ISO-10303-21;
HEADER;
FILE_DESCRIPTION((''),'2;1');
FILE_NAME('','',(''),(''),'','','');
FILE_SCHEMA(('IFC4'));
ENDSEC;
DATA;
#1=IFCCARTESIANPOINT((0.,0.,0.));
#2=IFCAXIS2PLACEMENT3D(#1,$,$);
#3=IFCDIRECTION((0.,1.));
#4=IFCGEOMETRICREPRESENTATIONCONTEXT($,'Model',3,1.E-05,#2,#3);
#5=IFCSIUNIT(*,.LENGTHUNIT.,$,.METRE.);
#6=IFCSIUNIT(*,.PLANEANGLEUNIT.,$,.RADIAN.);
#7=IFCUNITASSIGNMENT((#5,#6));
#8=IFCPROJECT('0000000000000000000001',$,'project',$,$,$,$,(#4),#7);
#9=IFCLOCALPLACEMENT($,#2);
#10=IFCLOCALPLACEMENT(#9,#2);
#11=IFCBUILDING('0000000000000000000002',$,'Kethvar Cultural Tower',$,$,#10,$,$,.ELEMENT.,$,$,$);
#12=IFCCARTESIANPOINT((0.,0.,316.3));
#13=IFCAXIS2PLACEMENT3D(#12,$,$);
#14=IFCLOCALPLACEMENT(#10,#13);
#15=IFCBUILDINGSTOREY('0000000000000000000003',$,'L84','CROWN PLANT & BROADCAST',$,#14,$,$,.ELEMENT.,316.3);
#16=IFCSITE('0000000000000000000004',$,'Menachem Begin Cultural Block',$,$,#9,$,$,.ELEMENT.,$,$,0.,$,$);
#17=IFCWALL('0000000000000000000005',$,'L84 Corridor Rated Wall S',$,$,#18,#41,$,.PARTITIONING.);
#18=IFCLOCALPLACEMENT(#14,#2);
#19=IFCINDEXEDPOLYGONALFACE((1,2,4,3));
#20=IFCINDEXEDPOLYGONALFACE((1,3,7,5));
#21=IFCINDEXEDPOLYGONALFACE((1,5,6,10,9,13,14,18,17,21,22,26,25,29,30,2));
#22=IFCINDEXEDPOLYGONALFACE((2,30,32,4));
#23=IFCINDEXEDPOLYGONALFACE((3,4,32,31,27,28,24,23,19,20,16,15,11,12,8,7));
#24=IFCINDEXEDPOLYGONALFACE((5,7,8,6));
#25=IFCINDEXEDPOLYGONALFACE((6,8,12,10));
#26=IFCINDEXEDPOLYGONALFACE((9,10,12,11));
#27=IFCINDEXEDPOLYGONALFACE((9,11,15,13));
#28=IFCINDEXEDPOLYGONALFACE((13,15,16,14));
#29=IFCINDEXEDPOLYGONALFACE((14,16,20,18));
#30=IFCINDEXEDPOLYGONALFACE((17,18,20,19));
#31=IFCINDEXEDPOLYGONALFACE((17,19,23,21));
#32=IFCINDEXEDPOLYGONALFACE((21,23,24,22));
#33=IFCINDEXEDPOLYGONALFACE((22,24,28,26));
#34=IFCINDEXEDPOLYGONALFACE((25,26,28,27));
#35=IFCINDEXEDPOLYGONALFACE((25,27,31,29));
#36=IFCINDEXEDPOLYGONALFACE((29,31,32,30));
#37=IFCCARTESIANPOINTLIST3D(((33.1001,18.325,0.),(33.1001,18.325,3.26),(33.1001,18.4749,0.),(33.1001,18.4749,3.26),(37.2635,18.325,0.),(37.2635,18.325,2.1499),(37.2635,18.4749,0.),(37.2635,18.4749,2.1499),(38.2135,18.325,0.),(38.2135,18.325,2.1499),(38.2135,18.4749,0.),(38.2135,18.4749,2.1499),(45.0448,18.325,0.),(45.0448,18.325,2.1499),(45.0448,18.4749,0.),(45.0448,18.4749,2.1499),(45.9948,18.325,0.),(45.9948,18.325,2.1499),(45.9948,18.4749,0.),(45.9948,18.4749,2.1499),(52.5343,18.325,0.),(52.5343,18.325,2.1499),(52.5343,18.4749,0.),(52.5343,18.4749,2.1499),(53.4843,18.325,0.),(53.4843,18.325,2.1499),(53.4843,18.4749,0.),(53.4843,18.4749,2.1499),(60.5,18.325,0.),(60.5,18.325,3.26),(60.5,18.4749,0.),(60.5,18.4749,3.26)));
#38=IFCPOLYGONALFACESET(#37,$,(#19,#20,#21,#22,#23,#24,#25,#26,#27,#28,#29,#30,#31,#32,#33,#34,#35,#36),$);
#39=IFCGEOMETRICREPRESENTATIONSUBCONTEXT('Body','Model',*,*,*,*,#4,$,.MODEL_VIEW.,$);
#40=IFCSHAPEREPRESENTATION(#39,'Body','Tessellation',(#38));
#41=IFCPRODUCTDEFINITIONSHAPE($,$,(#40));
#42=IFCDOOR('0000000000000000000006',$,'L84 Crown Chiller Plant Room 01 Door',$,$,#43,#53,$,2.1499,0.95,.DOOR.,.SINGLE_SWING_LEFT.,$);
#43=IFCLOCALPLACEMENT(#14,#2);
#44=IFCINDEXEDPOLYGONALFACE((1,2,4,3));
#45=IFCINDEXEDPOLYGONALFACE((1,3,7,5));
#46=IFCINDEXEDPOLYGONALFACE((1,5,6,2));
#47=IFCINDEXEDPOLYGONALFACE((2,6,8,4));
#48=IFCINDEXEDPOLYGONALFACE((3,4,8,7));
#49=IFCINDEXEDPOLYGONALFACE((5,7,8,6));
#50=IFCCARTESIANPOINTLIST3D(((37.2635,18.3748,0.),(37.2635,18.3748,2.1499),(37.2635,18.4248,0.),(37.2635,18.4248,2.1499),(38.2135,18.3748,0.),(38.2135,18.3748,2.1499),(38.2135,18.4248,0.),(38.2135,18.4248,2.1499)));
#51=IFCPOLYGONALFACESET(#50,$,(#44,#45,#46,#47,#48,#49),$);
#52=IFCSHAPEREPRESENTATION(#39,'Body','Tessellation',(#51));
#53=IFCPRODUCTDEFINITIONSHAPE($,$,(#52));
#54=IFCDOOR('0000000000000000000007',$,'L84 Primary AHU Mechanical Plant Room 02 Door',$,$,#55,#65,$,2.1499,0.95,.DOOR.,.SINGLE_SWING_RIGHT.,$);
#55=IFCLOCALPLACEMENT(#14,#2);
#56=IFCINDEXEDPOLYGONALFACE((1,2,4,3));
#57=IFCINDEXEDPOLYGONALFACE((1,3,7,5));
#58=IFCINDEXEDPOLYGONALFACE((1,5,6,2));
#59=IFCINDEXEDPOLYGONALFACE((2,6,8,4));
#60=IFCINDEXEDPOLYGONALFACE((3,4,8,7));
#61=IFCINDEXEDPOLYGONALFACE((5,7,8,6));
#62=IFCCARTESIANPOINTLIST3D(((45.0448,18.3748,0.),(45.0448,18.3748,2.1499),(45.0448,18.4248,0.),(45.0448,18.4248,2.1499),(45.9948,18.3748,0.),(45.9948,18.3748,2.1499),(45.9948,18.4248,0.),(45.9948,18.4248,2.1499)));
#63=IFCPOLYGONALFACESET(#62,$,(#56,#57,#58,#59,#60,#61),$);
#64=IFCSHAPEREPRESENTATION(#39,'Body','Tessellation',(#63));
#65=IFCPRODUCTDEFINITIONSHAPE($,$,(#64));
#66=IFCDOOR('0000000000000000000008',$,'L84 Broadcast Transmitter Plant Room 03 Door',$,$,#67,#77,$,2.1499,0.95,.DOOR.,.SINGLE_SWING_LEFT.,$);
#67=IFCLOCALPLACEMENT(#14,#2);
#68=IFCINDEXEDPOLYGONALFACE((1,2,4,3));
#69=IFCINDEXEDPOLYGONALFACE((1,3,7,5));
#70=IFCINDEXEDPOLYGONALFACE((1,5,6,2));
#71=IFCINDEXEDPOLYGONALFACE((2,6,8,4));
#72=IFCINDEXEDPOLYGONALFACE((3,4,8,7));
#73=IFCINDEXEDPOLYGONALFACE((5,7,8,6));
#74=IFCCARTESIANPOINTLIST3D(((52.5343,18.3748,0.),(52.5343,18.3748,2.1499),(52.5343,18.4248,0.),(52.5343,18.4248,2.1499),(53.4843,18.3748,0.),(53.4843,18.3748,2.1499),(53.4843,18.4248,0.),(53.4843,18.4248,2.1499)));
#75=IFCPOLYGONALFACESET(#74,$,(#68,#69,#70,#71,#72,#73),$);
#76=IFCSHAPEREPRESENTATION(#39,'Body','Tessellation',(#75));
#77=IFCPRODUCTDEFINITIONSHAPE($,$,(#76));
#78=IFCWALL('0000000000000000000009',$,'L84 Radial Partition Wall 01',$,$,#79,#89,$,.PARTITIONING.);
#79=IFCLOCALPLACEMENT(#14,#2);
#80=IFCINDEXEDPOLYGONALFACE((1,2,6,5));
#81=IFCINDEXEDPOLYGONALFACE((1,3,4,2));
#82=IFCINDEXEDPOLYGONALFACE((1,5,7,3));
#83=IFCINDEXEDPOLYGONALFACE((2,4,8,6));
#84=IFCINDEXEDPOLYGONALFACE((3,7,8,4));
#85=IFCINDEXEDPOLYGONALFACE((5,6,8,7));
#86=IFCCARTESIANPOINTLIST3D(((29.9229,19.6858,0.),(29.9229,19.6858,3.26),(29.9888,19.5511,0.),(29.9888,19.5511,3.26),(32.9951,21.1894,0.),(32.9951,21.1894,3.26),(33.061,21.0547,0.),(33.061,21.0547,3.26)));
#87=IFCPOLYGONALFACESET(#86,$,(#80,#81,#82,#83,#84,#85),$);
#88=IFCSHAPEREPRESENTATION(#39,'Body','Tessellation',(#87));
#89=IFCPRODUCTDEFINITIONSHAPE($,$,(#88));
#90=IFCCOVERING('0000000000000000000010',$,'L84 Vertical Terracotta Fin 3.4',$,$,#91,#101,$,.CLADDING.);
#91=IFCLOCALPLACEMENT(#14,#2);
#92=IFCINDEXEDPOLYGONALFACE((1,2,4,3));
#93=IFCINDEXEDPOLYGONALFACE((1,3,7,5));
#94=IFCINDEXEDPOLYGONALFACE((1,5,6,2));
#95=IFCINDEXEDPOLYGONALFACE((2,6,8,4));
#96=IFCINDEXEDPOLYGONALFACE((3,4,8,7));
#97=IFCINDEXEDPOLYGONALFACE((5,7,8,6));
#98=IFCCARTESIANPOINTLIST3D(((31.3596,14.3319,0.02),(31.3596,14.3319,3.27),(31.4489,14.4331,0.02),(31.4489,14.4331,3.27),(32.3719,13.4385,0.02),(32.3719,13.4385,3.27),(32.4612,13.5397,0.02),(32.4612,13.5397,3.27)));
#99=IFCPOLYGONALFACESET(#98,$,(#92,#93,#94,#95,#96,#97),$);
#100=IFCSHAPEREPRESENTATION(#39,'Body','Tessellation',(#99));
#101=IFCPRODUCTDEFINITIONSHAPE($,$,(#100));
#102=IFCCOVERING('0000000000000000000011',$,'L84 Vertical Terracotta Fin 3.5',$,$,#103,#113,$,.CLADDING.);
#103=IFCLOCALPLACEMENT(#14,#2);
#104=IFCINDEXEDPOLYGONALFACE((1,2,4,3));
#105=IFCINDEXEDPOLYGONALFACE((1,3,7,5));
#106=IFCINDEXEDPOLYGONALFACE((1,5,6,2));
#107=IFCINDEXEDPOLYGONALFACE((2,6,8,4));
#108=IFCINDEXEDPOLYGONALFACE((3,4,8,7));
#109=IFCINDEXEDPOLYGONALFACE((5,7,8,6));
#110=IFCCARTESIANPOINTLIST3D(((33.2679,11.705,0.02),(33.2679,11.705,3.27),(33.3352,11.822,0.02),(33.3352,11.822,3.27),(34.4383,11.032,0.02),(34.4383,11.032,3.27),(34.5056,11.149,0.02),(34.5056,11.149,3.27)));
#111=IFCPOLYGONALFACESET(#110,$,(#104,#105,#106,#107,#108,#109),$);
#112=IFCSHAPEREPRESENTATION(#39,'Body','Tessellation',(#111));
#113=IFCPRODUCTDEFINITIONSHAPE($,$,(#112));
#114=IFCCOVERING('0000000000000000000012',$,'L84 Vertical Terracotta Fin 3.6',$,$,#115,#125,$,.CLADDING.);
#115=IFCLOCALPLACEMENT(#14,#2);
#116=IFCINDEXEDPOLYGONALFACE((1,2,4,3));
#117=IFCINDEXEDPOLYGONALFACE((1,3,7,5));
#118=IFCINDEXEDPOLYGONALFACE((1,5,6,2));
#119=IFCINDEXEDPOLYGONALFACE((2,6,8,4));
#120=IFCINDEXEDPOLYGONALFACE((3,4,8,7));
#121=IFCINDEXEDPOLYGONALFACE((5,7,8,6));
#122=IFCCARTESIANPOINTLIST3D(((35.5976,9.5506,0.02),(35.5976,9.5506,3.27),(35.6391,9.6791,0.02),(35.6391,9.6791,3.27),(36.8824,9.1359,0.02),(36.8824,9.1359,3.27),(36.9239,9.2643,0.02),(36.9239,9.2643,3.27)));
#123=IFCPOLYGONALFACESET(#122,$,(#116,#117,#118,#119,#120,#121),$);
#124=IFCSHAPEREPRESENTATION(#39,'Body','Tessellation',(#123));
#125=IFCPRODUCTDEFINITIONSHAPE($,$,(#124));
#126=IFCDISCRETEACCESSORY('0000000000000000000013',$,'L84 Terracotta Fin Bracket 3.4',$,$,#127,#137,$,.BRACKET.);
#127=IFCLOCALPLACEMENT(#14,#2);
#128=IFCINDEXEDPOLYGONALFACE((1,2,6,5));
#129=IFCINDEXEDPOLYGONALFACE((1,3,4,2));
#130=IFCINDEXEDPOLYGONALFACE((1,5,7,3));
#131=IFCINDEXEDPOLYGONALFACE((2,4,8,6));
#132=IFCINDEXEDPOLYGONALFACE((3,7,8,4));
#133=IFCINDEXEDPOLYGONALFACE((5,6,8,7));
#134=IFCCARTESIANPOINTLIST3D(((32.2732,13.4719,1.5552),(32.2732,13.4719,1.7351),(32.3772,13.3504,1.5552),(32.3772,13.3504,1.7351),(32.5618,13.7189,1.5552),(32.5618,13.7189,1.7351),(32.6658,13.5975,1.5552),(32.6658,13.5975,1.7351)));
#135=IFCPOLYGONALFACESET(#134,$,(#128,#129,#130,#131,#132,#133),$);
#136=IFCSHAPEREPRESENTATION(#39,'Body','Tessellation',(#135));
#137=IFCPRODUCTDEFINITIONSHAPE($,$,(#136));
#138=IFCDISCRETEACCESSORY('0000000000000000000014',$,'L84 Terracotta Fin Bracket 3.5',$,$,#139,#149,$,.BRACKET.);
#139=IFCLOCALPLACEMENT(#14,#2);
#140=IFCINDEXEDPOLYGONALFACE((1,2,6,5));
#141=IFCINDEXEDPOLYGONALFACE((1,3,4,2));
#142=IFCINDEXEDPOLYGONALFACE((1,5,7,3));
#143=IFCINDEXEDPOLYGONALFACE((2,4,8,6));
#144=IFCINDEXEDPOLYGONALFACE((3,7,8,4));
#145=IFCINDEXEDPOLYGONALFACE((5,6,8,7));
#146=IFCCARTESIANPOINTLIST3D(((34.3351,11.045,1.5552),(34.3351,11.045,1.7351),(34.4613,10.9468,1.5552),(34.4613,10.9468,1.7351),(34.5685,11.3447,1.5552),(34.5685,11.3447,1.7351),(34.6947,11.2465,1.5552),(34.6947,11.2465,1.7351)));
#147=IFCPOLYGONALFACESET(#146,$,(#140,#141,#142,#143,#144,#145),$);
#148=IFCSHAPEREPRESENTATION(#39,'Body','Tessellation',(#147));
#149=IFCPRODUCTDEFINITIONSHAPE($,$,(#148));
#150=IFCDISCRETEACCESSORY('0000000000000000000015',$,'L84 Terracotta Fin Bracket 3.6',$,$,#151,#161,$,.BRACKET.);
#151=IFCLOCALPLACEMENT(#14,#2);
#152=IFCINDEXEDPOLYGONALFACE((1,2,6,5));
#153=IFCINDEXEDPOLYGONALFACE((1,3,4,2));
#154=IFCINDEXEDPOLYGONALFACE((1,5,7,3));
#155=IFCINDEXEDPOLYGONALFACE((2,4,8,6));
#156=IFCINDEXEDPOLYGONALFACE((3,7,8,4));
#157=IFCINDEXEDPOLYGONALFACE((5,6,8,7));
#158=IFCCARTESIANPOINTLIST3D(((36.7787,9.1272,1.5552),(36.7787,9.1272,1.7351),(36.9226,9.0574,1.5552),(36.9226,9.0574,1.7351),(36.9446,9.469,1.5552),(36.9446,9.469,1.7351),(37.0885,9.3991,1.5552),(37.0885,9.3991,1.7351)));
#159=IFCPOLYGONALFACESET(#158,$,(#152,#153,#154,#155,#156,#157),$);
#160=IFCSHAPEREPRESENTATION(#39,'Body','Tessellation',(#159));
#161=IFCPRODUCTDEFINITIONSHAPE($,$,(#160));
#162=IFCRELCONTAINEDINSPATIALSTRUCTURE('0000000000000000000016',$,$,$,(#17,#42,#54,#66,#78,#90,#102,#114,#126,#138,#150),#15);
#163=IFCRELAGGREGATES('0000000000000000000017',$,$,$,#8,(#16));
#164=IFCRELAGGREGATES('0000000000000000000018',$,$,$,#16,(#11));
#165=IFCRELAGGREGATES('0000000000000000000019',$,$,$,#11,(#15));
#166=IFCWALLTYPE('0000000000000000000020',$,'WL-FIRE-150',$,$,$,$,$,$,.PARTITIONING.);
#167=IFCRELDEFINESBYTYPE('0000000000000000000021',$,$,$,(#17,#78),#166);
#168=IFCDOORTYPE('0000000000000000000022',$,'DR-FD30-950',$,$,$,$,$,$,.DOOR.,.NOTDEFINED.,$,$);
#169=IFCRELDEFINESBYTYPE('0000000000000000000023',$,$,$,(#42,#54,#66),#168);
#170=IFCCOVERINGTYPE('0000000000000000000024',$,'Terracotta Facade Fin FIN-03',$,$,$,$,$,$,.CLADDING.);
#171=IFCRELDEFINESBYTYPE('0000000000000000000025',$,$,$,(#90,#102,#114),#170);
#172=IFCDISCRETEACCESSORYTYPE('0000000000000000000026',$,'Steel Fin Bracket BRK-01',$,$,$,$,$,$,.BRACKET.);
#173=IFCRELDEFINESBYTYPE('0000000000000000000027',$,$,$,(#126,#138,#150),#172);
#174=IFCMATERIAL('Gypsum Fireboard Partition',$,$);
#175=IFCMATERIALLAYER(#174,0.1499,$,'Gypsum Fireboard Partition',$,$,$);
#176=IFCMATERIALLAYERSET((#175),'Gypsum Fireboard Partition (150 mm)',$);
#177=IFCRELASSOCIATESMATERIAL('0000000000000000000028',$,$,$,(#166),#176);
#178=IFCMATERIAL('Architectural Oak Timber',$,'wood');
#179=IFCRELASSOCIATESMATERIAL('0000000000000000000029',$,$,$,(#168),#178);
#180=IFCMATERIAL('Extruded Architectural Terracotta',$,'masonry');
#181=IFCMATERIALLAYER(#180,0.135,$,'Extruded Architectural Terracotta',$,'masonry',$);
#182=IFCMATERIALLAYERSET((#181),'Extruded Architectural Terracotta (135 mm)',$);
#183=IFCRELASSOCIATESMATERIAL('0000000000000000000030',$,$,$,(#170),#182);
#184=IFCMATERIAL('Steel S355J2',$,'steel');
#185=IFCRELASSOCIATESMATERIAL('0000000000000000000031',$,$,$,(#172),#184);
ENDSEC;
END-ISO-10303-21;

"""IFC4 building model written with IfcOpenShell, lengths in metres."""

from ifc_helpers import new_model, si_unit, direction, frame, frame_2d, origin, origin_2d, place, context, subcontext, project, spatial, rectangle, extrude, source, transform, mapped, material, layer, layer_set, type_object, element, fill, save


model = new_model("IFC4")

# Units and contexts
model_context = context("Model", 3, precision=1e-05, world=origin(), true_north=direction((0.0, 1.0)))
body_context = subcontext(model_context, "Body", "Model", "MODEL_VIEW")
ifc_project = project(units=[si_unit("LENGTHUNIT", "METRE"), si_unit("PLANEANGLEUNIT", "RADIAN")], contexts=[model_context])

# Site, building, storey
site_placement = place(None, origin())
site = spatial("IfcSite", under=ifc_project, at=site_placement, Name="Menachem Begin Cultural Block", CompositionType="ELEMENT", RefElevation=0.0)
building_placement = place(site_placement, origin())
building = spatial("IfcBuilding", under=site, at=building_placement, Name="Kethvar Cultural Tower", CompositionType="ELEMENT")
storey_placement = place(building_placement, frame((0.0, 0.0, 316.3)))
storey = spatial("IfcBuildingStorey", under=building, at=storey_placement, Name="L84", Description="CROWN PLANT & BROADCAST", CompositionType="ELEMENT", Elevation=316.3)

# Shared definitions
ifc_material_1 = material(Name="Steel S355J2", Category="steel")

# Wall, openings, doors
ifc_material_2 = material(Name="Gypsum Fireboard Partition")
ifc_layer_1 = layer(ifc_material_2, 0.1499, Name="Gypsum Fireboard Partition")
ifc_layer_set_1 = layer_set([ifc_layer_1], Name="Gypsum Fireboard Partition (150 mm)")
wall_type = type_object("IfcWallType", Name="WL-FIRE-150", PredefinedType="PARTITIONING", material=ifc_layer_set_1)
wall_1_placement = place(storey_placement, frame((33.1001, 18.3999, 0.0), z_axis=(0.0, 0.0, 1.0), x_axis=(1.0, 0.0, 0.0)))
wall_1 = element("IfcWall", 1, at=wall_1_placement, inside=storey, type_object=wall_type, Name="L84 Corridor Rated Wall S", PredefinedType="PARTITIONING", context=body_context, shape_type="SweptSolid", body=[
    extrude(rectangle(XDim=27.3999, YDim=0.1499, at=frame_2d((13.7, 0.0))), origin(), (0.0, 0.0, 1.0), 3.26),
])
opening_1_placement = place(wall_1_placement, frame((4.1633, 0.0, 0.0)))
opening_1 = element("IfcOpeningElement", 2, at=opening_1_placement, cuts=wall_1, PredefinedType="OPENING", context=body_context, shape_type="SweptSolid", body=[
    extrude(rectangle(XDim=0.95, YDim=2.1499, at=frame_2d((0.4751, 1.075))), frame((0.0, 0.085, 0.0), z_axis=(0.0, -1.0, 0.0), x_axis=(1.0, 0.0, 0.0)), (0.0, 0.0, 1.0), 0.1699),
])
opening_2_placement = place(wall_1_placement, frame((11.9446, 0.0, 0.0)))
opening_2 = element("IfcOpeningElement", 3, at=opening_2_placement, cuts=wall_1, PredefinedType="OPENING", context=body_context, shape_type="SweptSolid", body=[
    extrude(rectangle(XDim=0.95, YDim=2.1499, at=frame_2d((0.4751, 1.075))), frame((0.0, 0.085, 0.0), z_axis=(0.0, -1.0, 0.0), x_axis=(1.0, 0.0, 0.0)), (0.0, 0.0, 1.0), 0.1699),
])
opening_3_placement = place(wall_1_placement, frame((19.4341, 0.0, 0.0)))
opening_3 = element("IfcOpeningElement", 4, at=opening_3_placement, cuts=wall_1, PredefinedType="OPENING", context=body_context, shape_type="SweptSolid", body=[
    extrude(rectangle(XDim=0.95, YDim=2.1499, at=frame_2d((0.4751, 1.075))), frame((0.0, 0.085, 0.0), z_axis=(0.0, -1.0, 0.0), x_axis=(1.0, 0.0, 0.0)), (0.0, 0.0, 1.0), 0.1699),
])
ifc_material_3 = material(Name="Architectural Oak Timber", Category="wood")
door_type = type_object("IfcDoorType", Name="DR-FD30-950", OperationType="NOTDEFINED", PredefinedType="DOOR", material=ifc_material_3)
shared_shape_1 = source(origin(), body_context, "Body", "SweptSolid", [
    extrude(rectangle(XDim=0.95, YDim=2.1499, at=frame_2d((0.4751, 1.075))), frame((0.0, 0.0249, 0.0), z_axis=(0.0, -1.0, 0.0), x_axis=(1.0, 0.0, 0.0)), (0.0, 0.0, 1.0), 0.05),
])
door_1_placement = place(opening_1_placement, origin())
door_1 = element("IfcDoor", 5, at=door_1_placement, inside=storey, type_object=door_type, Name="L84 Crown Chiller Plant Room 01 Door", OperationType="SINGLE_SWING_LEFT", OverallHeight=2.1499, OverallWidth=0.95, PredefinedType="DOOR", context=body_context, shape_type="MappedRepresentation", body=[
    mapped(shared_shape_1, transform((0.0, 0.0, 0.0), scale=1.0)),
])
fill(opening_1, door_1)
door_2_placement = place(opening_2_placement, origin())
door_2 = element("IfcDoor", 6, at=door_2_placement, inside=storey, type_object=door_type, Name="L84 Primary AHU Mechanical Plant Room 02 Door", OperationType="SINGLE_SWING_RIGHT", OverallHeight=2.1499, OverallWidth=0.95, PredefinedType="DOOR", context=body_context, shape_type="MappedRepresentation", body=[
    mapped(shared_shape_1, transform((0.0, 0.0, 0.0), scale=1.0)),
])
fill(opening_2, door_2)
door_3_placement = place(opening_3_placement, origin())
door_3 = element("IfcDoor", 7, at=door_3_placement, inside=storey, type_object=door_type, Name="L84 Broadcast Transmitter Plant Room 03 Door", OperationType="SINGLE_SWING_LEFT", OverallHeight=2.1499, OverallWidth=0.95, PredefinedType="DOOR", context=body_context, shape_type="MappedRepresentation", body=[
    mapped(shared_shape_1, transform((0.0, 0.0, 0.0), scale=1.0)),
])
fill(opening_3, door_3)

# Wall
wall_2_placement = place(storey_placement, frame((33.0281, 21.1221, 0.0), z_axis=(0.0, 0.0, 1.0), x_axis=(-0.898192, -0.439603, 0.0)))
element("IfcWall", 8, at=wall_2_placement, inside=storey, type_object=wall_type, Name="L84 Radial Partition Wall 01", PredefinedType="PARTITIONING", context=body_context, shape_type="SweptSolid", body=[
    extrude(rectangle(XDim=3.4204, YDim=0.1499, at=frame_2d((1.7102, 0.0))), origin(), (0.0, 0.0, 1.0), 3.26),
])

# Coverings
ifc_material_4 = material(Name="Extruded Architectural Terracotta", Category="masonry")
ifc_layer_2 = layer(ifc_material_4, 0.135, Name="Extruded Architectural Terracotta", Category="masonry")
ifc_layer_set_2 = layer_set([ifc_layer_2], Name="Extruded Architectural Terracotta (135 mm)")
covering_type = type_object("IfcCoveringType", Name="Terracotta Facade Fin FIN-03", PredefinedType="CLADDING", material=ifc_layer_set_2)
shared_shape_2 = source(origin(), body_context, "Body", "SweptSolid", [
    extrude(rectangle(XDim=1.3501, YDim=0.135, at=origin_2d()), origin(), (0.0, 0.0, 1.0), 3.25),
])
for number, where, z_axis, x_axis, name in (
    (9, (31.9104, 13.9358, 0.02), (0.0, 0.0, 1.0), (-0.749765, 0.661705, 0.0), "L84 Vertical Terracotta Fin 3.4"),
    (10, (33.8867, 11.427, 0.02), (0.0, 0.0, 1.0), (-0.866897, 0.498488, 0.0), "L84 Vertical Terracotta Fin 3.5"),
    (11, (36.2607, 9.4075, 0.02), (0.0, 0.0, 1.0), (-0.951648, 0.307191, 0.0), "L84 Vertical Terracotta Fin 3.6"),
):
    element("IfcCovering", number, at=place(storey_placement, frame(where, z_axis=z_axis, x_axis=x_axis)), inside=storey, type_object=covering_type, Name=name, PredefinedType="CLADDING", context=body_context, shape_type="MappedRepresentation", body=[
        mapped(shared_shape_2, transform((0.0, 0.0, 0.0), scale=1.0)),
    ])

# Discrete accessories
discrete_accessory_type = type_object("IfcDiscreteAccessoryType", Name="Steel Fin Bracket BRK-01", PredefinedType="BRACKET", material=ifc_material_1)
shared_shape_3 = source(origin(), body_context, "Body", "SweptSolid", [
    extrude(rectangle(XDim=0.3799, YDim=0.1599, at=origin_2d()), origin(), (0.0, 0.0, 1.0), 0.1799),
])
for number, where, z_axis, x_axis, name in (
    (12, (32.4695, 13.5347, 1.5552), (0.0, 0.0, 1.0), (-0.759612, -0.650377, 0.0), "L84 Terracotta Fin Bracket 3.4"),
    (13, (34.5149, 11.1458, 1.5552), (0.0, 0.0, 1.0), (-0.614285, -0.789084, 0.0), "L84 Terracotta Fin Bracket 3.5"),
    (14, (36.9336, 9.2632, 1.5552), (0.0, 0.0, 1.0), (-0.436645, -0.899634, 0.0), "L84 Terracotta Fin Bracket 3.6"),
):
    element("IfcDiscreteAccessory", number, at=place(storey_placement, frame(where, z_axis=z_axis, x_axis=x_axis)), inside=storey, type_object=discrete_accessory_type, Name=name, PredefinedType="BRACKET", context=body_context, shape_type="MappedRepresentation", body=[
        mapped(shared_shape_3, transform((0.0, 0.0, 0.0), scale=1.0)),
    ])

save(model, "model.ifc")
